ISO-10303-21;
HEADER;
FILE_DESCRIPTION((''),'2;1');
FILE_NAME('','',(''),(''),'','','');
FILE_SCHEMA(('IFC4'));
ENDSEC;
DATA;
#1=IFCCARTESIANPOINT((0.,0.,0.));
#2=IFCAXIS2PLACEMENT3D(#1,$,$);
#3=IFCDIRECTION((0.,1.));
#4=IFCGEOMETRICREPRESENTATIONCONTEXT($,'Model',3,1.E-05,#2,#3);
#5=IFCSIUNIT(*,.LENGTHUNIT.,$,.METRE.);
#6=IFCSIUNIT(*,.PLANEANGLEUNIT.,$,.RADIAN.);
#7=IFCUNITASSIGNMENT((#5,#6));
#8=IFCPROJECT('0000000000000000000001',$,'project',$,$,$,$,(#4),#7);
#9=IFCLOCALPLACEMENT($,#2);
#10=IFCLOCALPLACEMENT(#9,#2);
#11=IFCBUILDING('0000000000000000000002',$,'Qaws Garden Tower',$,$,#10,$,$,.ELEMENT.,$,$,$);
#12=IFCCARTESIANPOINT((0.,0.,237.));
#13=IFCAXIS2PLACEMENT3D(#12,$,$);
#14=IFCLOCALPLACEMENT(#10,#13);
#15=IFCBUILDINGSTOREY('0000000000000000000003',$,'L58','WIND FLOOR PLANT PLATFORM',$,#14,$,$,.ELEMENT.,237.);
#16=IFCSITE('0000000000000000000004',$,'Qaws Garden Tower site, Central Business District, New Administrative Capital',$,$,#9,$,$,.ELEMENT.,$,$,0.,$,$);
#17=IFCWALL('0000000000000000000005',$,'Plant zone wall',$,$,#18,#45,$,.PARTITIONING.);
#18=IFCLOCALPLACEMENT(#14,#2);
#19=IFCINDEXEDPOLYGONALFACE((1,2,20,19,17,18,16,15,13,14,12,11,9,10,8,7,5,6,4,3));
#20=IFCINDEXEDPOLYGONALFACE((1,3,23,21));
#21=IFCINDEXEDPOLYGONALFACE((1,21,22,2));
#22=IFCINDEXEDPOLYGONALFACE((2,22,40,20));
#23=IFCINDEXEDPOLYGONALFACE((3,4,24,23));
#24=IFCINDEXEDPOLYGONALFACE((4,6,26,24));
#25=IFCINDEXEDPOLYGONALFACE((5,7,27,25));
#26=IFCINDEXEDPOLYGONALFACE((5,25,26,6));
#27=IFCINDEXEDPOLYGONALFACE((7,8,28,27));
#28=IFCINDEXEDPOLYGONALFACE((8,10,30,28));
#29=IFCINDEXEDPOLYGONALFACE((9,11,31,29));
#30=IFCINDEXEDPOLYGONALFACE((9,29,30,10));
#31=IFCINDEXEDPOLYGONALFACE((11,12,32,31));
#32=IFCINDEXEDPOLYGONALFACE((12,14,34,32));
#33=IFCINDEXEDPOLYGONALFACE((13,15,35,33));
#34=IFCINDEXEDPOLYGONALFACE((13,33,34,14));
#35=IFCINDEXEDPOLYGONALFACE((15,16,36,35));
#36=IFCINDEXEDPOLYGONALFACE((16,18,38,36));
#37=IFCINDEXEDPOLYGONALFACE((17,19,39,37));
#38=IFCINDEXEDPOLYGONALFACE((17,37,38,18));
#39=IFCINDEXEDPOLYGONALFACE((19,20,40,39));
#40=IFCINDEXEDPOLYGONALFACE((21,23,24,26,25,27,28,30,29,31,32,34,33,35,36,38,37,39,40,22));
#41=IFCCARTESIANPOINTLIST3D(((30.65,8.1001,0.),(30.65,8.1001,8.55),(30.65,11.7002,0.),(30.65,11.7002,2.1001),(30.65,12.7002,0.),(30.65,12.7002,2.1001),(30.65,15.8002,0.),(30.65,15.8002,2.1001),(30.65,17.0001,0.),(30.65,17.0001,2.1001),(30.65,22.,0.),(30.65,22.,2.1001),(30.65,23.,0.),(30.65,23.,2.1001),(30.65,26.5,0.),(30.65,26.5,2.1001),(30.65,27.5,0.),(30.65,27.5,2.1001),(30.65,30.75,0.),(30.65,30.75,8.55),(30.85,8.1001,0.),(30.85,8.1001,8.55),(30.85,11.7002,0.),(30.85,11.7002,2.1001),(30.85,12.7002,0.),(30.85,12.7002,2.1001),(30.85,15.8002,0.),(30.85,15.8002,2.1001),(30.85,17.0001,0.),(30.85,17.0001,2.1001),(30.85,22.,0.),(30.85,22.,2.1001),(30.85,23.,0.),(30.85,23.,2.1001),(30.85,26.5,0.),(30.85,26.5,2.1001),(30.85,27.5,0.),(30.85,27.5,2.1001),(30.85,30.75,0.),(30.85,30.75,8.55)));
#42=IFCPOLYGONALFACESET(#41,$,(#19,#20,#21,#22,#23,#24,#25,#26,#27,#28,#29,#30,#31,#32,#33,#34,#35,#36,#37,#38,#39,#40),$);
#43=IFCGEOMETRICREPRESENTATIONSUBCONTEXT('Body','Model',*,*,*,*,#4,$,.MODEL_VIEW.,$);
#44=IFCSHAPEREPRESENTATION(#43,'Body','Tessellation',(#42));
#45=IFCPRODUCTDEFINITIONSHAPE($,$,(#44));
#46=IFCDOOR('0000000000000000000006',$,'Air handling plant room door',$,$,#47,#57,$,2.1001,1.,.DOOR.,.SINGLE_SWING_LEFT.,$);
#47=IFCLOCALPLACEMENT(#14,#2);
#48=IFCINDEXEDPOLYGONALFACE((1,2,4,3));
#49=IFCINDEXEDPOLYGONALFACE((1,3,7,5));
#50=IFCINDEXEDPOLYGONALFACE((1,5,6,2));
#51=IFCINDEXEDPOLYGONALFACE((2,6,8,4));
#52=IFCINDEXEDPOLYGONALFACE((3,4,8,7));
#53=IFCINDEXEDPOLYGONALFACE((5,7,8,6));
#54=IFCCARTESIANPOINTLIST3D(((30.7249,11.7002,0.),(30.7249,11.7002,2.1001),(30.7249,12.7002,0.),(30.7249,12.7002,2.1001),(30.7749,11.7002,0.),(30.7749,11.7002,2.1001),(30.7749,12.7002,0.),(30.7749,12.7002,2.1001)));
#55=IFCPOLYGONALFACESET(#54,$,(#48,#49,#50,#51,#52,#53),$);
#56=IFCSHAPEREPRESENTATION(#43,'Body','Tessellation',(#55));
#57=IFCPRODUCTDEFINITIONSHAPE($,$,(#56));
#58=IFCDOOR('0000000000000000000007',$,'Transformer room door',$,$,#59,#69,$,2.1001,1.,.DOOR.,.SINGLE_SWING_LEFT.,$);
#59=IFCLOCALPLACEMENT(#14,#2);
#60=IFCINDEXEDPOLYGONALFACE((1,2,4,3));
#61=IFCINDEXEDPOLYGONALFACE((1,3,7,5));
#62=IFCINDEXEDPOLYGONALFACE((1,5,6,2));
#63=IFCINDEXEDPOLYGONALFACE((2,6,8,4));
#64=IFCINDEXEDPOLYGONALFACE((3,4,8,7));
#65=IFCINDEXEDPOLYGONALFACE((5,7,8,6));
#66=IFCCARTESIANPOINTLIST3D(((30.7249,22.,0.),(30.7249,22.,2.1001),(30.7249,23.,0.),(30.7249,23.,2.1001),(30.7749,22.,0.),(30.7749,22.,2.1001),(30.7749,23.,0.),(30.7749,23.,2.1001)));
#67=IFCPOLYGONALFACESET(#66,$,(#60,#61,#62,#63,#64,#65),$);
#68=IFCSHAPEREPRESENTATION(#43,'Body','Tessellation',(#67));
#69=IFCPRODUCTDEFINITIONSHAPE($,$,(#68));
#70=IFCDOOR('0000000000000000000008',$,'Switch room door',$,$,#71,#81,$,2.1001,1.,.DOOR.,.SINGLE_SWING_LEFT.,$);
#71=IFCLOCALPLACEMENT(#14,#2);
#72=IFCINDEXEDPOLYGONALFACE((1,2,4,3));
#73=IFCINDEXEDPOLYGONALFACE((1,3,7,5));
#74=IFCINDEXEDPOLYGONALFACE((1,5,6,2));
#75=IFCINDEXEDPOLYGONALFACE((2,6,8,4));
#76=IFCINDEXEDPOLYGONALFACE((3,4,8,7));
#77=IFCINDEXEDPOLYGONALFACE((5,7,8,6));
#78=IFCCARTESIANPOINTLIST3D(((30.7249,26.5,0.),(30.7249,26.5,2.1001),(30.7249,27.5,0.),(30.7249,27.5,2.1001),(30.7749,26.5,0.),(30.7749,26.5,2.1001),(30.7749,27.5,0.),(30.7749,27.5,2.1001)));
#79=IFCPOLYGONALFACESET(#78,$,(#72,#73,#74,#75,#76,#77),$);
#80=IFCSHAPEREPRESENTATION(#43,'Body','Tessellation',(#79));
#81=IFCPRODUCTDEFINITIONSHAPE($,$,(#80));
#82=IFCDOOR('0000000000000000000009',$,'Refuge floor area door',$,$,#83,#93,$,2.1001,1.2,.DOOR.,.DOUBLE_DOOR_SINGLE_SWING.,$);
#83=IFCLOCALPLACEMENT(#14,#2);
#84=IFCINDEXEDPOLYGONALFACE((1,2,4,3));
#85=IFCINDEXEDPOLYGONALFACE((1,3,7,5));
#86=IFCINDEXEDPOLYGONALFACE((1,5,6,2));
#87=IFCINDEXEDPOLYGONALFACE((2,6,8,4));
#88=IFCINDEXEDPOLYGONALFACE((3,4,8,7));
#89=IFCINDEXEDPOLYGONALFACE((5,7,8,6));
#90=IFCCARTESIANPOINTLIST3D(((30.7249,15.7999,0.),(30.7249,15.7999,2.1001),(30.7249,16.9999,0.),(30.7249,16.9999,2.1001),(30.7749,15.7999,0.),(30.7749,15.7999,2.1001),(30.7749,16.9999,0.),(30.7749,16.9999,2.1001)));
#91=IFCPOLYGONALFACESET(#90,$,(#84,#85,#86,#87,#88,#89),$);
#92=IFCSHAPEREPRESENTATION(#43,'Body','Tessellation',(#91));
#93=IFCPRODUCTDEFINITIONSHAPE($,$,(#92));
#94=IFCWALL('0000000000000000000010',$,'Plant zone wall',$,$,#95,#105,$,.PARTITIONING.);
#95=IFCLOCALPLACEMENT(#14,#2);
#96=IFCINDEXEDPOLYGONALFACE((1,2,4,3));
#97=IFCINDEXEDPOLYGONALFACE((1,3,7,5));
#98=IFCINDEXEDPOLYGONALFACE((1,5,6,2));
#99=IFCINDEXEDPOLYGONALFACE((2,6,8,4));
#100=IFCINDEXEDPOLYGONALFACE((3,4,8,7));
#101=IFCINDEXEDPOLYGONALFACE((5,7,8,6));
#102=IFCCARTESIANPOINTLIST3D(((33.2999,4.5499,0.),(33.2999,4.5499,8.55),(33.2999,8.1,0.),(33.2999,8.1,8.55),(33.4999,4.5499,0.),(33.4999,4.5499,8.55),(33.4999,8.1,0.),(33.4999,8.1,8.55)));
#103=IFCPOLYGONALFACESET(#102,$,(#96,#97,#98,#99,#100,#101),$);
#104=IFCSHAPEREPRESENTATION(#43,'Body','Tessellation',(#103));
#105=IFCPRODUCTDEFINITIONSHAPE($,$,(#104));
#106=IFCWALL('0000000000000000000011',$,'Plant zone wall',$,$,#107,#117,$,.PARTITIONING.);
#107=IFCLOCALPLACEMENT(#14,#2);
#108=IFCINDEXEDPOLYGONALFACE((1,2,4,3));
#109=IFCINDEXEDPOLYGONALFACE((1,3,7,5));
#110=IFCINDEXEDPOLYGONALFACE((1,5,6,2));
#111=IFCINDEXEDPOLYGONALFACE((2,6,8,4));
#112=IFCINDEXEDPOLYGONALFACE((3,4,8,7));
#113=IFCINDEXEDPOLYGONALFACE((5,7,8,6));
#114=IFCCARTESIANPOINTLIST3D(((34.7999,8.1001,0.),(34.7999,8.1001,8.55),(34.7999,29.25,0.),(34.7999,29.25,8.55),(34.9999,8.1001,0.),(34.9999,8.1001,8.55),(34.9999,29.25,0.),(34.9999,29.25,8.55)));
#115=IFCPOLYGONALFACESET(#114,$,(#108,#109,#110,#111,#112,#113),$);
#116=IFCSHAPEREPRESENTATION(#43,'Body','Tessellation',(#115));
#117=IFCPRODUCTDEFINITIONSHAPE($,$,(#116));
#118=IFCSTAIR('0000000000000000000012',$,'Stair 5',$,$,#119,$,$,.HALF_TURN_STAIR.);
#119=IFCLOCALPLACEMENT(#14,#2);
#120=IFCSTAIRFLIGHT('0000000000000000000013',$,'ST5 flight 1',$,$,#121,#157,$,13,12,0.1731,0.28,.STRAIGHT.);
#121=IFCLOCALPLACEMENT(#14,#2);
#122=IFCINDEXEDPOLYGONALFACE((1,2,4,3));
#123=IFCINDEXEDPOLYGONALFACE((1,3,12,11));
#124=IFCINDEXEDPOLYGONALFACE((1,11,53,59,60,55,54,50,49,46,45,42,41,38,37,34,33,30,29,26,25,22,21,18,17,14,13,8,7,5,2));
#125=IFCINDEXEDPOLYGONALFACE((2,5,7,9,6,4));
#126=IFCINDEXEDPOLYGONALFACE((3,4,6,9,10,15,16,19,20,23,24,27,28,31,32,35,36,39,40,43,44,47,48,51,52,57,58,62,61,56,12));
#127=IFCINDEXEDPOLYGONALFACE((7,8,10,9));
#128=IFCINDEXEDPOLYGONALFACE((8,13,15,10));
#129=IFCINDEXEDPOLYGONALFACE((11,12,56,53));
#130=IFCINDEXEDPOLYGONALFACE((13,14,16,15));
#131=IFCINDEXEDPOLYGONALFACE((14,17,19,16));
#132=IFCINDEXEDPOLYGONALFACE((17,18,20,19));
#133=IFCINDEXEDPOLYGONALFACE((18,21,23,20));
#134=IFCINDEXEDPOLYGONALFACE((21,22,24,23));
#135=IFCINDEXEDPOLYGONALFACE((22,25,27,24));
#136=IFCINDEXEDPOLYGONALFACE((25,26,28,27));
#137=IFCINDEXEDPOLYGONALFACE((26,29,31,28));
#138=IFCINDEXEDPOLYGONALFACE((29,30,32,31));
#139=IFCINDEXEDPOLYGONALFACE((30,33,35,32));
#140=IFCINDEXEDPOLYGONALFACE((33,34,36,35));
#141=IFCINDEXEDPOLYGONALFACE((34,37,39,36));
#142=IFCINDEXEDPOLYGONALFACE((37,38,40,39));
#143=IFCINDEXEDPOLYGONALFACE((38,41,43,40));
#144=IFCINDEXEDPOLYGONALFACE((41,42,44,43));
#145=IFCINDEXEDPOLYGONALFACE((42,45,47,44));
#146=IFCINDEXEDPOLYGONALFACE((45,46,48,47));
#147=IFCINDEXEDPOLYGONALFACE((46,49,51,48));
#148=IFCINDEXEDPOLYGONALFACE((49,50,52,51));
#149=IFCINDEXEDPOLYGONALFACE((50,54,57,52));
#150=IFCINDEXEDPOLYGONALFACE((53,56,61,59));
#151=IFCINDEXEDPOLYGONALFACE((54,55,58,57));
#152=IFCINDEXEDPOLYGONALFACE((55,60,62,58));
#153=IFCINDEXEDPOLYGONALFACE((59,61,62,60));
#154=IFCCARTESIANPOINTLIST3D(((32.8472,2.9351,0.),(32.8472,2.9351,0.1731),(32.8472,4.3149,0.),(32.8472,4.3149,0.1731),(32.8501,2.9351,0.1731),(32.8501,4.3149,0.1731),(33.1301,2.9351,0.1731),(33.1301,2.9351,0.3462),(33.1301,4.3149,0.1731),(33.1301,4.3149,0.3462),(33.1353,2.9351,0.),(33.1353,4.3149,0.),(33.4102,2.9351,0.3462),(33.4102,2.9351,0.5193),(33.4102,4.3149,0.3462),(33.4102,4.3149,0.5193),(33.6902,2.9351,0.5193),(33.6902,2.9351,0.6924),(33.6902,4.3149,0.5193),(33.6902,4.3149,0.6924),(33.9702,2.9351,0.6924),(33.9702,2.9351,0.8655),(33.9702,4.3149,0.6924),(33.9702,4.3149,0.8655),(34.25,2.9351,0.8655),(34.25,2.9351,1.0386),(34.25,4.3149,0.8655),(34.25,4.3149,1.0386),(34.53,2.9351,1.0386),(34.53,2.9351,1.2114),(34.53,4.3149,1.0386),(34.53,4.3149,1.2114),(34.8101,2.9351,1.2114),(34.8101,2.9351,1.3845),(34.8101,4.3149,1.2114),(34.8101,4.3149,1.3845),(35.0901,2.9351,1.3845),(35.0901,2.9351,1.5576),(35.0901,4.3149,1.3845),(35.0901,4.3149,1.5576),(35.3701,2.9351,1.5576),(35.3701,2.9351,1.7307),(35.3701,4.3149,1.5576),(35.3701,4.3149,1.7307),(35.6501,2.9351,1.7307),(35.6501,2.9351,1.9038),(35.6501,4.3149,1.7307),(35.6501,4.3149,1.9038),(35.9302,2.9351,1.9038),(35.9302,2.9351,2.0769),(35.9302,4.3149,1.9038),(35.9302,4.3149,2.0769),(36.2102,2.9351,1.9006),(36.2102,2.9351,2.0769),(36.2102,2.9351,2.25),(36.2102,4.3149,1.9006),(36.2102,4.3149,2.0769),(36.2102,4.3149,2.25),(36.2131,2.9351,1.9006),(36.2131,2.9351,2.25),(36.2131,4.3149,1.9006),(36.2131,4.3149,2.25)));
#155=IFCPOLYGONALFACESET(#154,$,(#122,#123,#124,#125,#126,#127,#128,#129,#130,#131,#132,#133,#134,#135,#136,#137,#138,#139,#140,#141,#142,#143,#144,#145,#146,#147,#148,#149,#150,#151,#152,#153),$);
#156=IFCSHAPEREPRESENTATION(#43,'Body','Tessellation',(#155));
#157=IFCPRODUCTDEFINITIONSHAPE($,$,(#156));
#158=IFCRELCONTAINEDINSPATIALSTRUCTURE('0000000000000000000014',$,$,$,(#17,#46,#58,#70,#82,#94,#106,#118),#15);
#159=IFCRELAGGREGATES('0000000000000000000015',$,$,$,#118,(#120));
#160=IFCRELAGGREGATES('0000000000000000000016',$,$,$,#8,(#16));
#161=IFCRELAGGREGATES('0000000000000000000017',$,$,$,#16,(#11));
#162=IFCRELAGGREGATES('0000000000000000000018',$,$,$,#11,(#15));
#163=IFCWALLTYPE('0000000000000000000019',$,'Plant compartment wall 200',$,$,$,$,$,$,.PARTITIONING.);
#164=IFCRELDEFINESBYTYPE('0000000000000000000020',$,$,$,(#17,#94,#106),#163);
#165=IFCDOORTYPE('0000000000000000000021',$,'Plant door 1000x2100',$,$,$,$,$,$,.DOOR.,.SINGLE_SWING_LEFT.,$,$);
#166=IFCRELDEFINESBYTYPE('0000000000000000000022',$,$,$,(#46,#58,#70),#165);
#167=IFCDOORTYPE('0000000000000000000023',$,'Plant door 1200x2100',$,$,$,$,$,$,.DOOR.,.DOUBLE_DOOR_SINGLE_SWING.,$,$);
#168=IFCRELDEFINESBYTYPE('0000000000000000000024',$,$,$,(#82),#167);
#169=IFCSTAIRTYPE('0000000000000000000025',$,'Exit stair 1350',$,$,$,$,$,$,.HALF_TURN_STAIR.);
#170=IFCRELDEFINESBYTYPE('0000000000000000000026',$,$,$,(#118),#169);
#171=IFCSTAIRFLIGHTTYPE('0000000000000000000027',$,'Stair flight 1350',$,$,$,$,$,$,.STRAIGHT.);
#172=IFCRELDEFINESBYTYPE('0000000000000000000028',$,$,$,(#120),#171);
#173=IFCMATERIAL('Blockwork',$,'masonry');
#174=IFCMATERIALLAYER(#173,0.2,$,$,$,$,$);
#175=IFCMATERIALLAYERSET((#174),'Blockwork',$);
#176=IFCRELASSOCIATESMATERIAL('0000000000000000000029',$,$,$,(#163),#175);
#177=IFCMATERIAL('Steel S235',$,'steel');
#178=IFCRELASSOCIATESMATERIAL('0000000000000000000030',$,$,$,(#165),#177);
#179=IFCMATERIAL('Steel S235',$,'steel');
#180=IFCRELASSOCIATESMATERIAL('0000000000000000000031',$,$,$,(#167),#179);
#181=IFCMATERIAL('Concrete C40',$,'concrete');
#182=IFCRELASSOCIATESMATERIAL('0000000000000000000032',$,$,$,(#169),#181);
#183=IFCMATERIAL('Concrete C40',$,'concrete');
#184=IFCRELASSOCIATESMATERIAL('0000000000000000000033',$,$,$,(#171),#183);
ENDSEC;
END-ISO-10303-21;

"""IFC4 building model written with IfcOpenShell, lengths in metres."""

from ifc_helpers import new_model, si_unit, direction, frame, frame_2d, origin, place, context, subcontext, project, spatial, polyline, rectangle, outline, extrude, material, layer, layer_set, type_object, element, fill, aggregate, save


model = new_model("IFC4")

# Units and contexts
model_context = context("Model", 3, precision=1e-05, world=origin(), true_north=direction((0.0, 1.0)))
body_context = subcontext(model_context, "Body", "Model", "MODEL_VIEW")
ifc_project = project(units=[si_unit("LENGTHUNIT", "METRE"), si_unit("PLANEANGLEUNIT", "RADIAN")], contexts=[model_context])

# Site, building, storey
site_placement = place(None, origin())
site = spatial("IfcSite", under=ifc_project, at=site_placement, Name="Qaws Garden Tower site, Central Business District, New Administrative Capital", CompositionType="ELEMENT", RefElevation=0.0)
building_placement = place(site_placement, origin())
building = spatial("IfcBuilding", under=site, at=building_placement, Name="Qaws Garden Tower", CompositionType="ELEMENT")
storey_placement = place(building_placement, frame((0.0, 0.0, 237.0)))
storey = spatial("IfcBuildingStorey", under=building, at=storey_placement, Name="L58", Description="WIND FLOOR PLANT PLATFORM", CompositionType="ELEMENT", Elevation=237.0)

# Shared definitions
ifc_material_1 = material(Name="Blockwork", Category="masonry")
ifc_layer_1 = layer(ifc_material_1, 0.2)
ifc_layer_set_1 = layer_set([ifc_layer_1], Name="Blockwork")
wall_type_1 = type_object("IfcWallType", Name="Plant compartment wall 200", PredefinedType="PARTITIONING", material=ifc_layer_set_1)

# Wall, openings, doors
wall_1_placement = place(storey_placement, frame((30.75, 8.1001, 0.0), z_axis=(0.0, 0.0, 1.0), x_axis=(0.0, 1.0, 0.0)))
wall_1 = element("IfcWall", 1, at=wall_1_placement, inside=storey, type_object=wall_type_1, Name="Plant zone wall", PredefinedType="PARTITIONING", context=body_context, shape_type="SweptSolid", body=[
    extrude(rectangle(XDim=22.6499, YDim=0.2, at=frame_2d((11.325, 0.0))), origin(), (0.0, 0.0, 1.0), 8.55),
])
opening_1_placement = place(wall_1_placement, frame((3.6001, 0.0, 0.0)))
opening_1 = element("IfcOpeningElement", 2, at=opening_1_placement, cuts=wall_1, PredefinedType="OPENING", context=body_context, shape_type="SweptSolid", body=[
    extrude(rectangle(XDim=1.0, YDim=2.1001, at=frame_2d((0.5, 1.05))), frame((0.0, 0.1099, 0.0), z_axis=(0.0, -1.0, 0.0), x_axis=(1.0, 0.0, 0.0)), (0.0, 0.0, 1.0), 0.22),
])
opening_2_placement = place(wall_1_placement, frame((7.7, 0.0, 0.0)))
opening_2 = element("IfcOpeningElement", 3, at=opening_2_placement, cuts=wall_1, PredefinedType="OPENING", context=body_context, shape_type="SweptSolid", body=[
    extrude(rectangle(XDim=1.2, YDim=2.1001, at=frame_2d((0.6001, 1.05))), frame((0.0, 0.1099, 0.0), z_axis=(0.0, -1.0, 0.0), x_axis=(1.0, 0.0, 0.0)), (0.0, 0.0, 1.0), 0.22),
])
opening_3_placement = place(wall_1_placement, frame((13.8999, 0.0, 0.0)))
opening_3 = element("IfcOpeningElement", 4, at=opening_3_placement, cuts=wall_1, PredefinedType="OPENING", context=body_context, shape_type="SweptSolid", body=[
    extrude(rectangle(XDim=1.0, YDim=2.1001, at=frame_2d((0.5, 1.05))), frame((0.0, 0.1099, 0.0), z_axis=(0.0, -1.0, 0.0), x_axis=(1.0, 0.0, 0.0)), (0.0, 0.0, 1.0), 0.22),
])
opening_4_placement = place(wall_1_placement, frame((18.3999, 0.0, 0.0)))
opening_4 = element("IfcOpeningElement", 5, at=opening_4_placement, cuts=wall_1, PredefinedType="OPENING", context=body_context, shape_type="SweptSolid", body=[
    extrude(rectangle(XDim=1.0, YDim=2.1001, at=frame_2d((0.5, 1.05))), frame((0.0, 0.1099, 0.0), z_axis=(0.0, -1.0, 0.0), x_axis=(1.0, 0.0, 0.0)), (0.0, 0.0, 1.0), 0.22),
])
ifc_material_2 = material(Name="Steel S235", Category="steel")
door_type_1 = type_object("IfcDoorType", Name="Plant door 1000x2100", OperationType="SINGLE_SWING_LEFT", PredefinedType="DOOR", material=ifc_material_2)
door_1_placement = place(opening_1_placement, frame((1.0, 0.0, 0.0), z_axis=(0.0, 0.0, 1.0), x_axis=(-1.0, 0.0, 0.0)))
door_1 = element("IfcDoor", 6, at=door_1_placement, inside=storey, type_object=door_type_1, Name="Air handling plant room door", OperationType="SINGLE_SWING_LEFT", OverallHeight=2.1001, OverallWidth=1.0, PredefinedType="DOOR", context=body_context, shape_type="SweptSolid", body=[
    extrude(rectangle(XDim=1.0, YDim=2.1001, at=frame_2d((0.5, 1.05))), frame((0.0, 0.0249, 0.0), z_axis=(0.0, -1.0, 0.0), x_axis=(1.0, 0.0, 0.0)), (0.0, 0.0, 1.0), 0.05),
])
fill(opening_1, door_1)
door_2_placement = place(opening_3_placement, frame((1.0, 0.0, 0.0), z_axis=(0.0, 0.0, 1.0), x_axis=(-1.0, 0.0, 0.0)))
door_2 = element("IfcDoor", 7, at=door_2_placement, inside=storey, type_object=door_type_1, Name="Transformer room door", OperationType="SINGLE_SWING_LEFT", OverallHeight=2.1001, OverallWidth=1.0, PredefinedType="DOOR", context=body_context, shape_type="SweptSolid", body=[
    extrude(rectangle(XDim=1.0, YDim=2.1001, at=frame_2d((0.5, 1.05))), frame((0.0, 0.0249, 0.0), z_axis=(0.0, -1.0, 0.0), x_axis=(1.0, 0.0, 0.0)), (0.0, 0.0, 1.0), 0.05),
])
fill(opening_3, door_2)
door_3_placement = place(opening_4_placement, frame((1.0, 0.0, 0.0), z_axis=(0.0, 0.0, 1.0), x_axis=(-1.0, 0.0, 0.0)))
door_3 = element("IfcDoor", 8, at=door_3_placement, inside=storey, type_object=door_type_1, Name="Switch room door", OperationType="SINGLE_SWING_LEFT", OverallHeight=2.1001, OverallWidth=1.0, PredefinedType="DOOR", context=body_context, shape_type="SweptSolid", body=[
    extrude(rectangle(XDim=1.0, YDim=2.1001, at=frame_2d((0.5, 1.05))), frame((0.0, 0.0249, 0.0), z_axis=(0.0, -1.0, 0.0), x_axis=(1.0, 0.0, 0.0)), (0.0, 0.0, 1.0), 0.05),
])
fill(opening_4, door_3)
ifc_material_3 = material(Name="Steel S235", Category="steel")
door_type_2 = type_object("IfcDoorType", Name="Plant door 1200x2100", OperationType="DOUBLE_DOOR_SINGLE_SWING", PredefinedType="DOOR", material=ifc_material_3)
door_4_placement = place(opening_2_placement, frame((1.2, 0.0, 0.0), z_axis=(0.0, 0.0, 1.0), x_axis=(-1.0, 0.0, 0.0)))
door_4 = element("IfcDoor", 9, at=door_4_placement, inside=storey, type_object=door_type_2, Name="Refuge floor area door", OperationType="DOUBLE_DOOR_SINGLE_SWING", OverallHeight=2.1001, OverallWidth=1.2, PredefinedType="DOOR", context=body_context, shape_type="SweptSolid", body=[
    extrude(rectangle(XDim=1.2, YDim=2.1001, at=frame_2d((0.6001, 1.05))), frame((0.0, 0.0249, 0.0), z_axis=(0.0, -1.0, 0.0), x_axis=(1.0, 0.0, 0.0)), (0.0, 0.0, 1.0), 0.05),
])
fill(opening_2, door_4)

# Walls
wall_2_placement = place(storey_placement, frame((33.3999, 4.55, 0.0), z_axis=(0.0, 0.0, 1.0), x_axis=(0.0, 1.0, 0.0)))
element("IfcWall", 10, at=wall_2_placement, inside=storey, type_object=wall_type_1, Name="Plant zone wall", PredefinedType="PARTITIONING", context=body_context, shape_type="SweptSolid", body=[
    extrude(rectangle(XDim=3.55, YDim=0.2, at=frame_2d((1.7749, 0.0))), origin(), (0.0, 0.0, 1.0), 8.55),
])
wall_3_placement = place(storey_placement, frame((34.8999, 8.1001, 0.0), z_axis=(0.0, 0.0, 1.0), x_axis=(0.0, 1.0, 0.0)))
element("IfcWall", 11, at=wall_3_placement, inside=storey, type_object=wall_type_1, Name="Plant zone wall", PredefinedType="PARTITIONING", context=body_context, shape_type="SweptSolid", body=[
    extrude(rectangle(XDim=21.1499, YDim=0.2, at=frame_2d((10.575, 0.0))), origin(), (0.0, 0.0, 1.0), 8.55),
])

# Stair, stair flight
ifc_material_4 = material(Name="Concrete C40", Category="concrete")
stair_type = type_object("IfcStairType", Name="Exit stair 1350", PredefinedType="HALF_TURN_STAIR", material=ifc_material_4)
stair_placement = place(storey_placement, origin())
stair = element("IfcStair", 12, at=stair_placement, inside=storey, type_object=stair_type, Name="Stair 5", PredefinedType="HALF_TURN_STAIR")
ifc_material_5 = material(Name="Concrete C40", Category="concrete")
stair_flight_type = type_object("IfcStairFlightType", Name="Stair flight 1350", PredefinedType="STRAIGHT", material=ifc_material_5)
stair_flight_1_placement = place(storey_placement, frame((32.8501, 3.625, 0.0), z_axis=(0.0, 0.0, 1.0), x_axis=(1.0, 0.0, 0.0)))
stair_flight_1 = element("IfcStairFlight", 13, at=stair_flight_1_placement, type_object=stair_flight_type, Name="ST5 flight 1", NumberOfRisers=13, NumberOfTreads=12, PredefinedType="STRAIGHT", RiserHeight=0.1731, TreadLength=0.28, context=body_context, shape_type="SweptSolid", body=[
    extrude(outline(polyline([(-0.0029, 0.0), (-0.0029, 0.1731), (0.0, 0.1731), (0.28, 0.1731), (0.28, 0.3462), (0.5601, 0.3462), (0.5601, 0.5193), (0.8401, 0.5193), (0.8401, 0.6924), (1.1201, 0.6924), (1.1201, 0.8655), (1.3999, 0.8655), (1.3999, 1.0386), (1.6799, 1.0386), (1.6799, 1.2114), (1.96, 1.2114), (1.96, 1.3845), (2.24, 1.3845), (2.24, 1.5576), (2.52, 1.5576), (2.52, 1.7307), (2.8, 1.7307), (2.8, 1.9038), (3.0801, 1.9038), (3.0801, 2.0769), (3.3601, 2.0769), (3.3601, 2.25), (3.363, 2.25), (3.363, 1.9006), (3.3601, 1.9006), (0.2852, 0.0), (-0.0029, 0.0)])), frame((0.0, 0.6899, 0.0), z_axis=(0.0, -1.0, 0.0), x_axis=(1.0, 0.0, 0.0)), (0.0, 0.0, 1.0), 1.3799),
])
aggregate(stair, [stair_flight_1])

save(model, "model.ifc")
